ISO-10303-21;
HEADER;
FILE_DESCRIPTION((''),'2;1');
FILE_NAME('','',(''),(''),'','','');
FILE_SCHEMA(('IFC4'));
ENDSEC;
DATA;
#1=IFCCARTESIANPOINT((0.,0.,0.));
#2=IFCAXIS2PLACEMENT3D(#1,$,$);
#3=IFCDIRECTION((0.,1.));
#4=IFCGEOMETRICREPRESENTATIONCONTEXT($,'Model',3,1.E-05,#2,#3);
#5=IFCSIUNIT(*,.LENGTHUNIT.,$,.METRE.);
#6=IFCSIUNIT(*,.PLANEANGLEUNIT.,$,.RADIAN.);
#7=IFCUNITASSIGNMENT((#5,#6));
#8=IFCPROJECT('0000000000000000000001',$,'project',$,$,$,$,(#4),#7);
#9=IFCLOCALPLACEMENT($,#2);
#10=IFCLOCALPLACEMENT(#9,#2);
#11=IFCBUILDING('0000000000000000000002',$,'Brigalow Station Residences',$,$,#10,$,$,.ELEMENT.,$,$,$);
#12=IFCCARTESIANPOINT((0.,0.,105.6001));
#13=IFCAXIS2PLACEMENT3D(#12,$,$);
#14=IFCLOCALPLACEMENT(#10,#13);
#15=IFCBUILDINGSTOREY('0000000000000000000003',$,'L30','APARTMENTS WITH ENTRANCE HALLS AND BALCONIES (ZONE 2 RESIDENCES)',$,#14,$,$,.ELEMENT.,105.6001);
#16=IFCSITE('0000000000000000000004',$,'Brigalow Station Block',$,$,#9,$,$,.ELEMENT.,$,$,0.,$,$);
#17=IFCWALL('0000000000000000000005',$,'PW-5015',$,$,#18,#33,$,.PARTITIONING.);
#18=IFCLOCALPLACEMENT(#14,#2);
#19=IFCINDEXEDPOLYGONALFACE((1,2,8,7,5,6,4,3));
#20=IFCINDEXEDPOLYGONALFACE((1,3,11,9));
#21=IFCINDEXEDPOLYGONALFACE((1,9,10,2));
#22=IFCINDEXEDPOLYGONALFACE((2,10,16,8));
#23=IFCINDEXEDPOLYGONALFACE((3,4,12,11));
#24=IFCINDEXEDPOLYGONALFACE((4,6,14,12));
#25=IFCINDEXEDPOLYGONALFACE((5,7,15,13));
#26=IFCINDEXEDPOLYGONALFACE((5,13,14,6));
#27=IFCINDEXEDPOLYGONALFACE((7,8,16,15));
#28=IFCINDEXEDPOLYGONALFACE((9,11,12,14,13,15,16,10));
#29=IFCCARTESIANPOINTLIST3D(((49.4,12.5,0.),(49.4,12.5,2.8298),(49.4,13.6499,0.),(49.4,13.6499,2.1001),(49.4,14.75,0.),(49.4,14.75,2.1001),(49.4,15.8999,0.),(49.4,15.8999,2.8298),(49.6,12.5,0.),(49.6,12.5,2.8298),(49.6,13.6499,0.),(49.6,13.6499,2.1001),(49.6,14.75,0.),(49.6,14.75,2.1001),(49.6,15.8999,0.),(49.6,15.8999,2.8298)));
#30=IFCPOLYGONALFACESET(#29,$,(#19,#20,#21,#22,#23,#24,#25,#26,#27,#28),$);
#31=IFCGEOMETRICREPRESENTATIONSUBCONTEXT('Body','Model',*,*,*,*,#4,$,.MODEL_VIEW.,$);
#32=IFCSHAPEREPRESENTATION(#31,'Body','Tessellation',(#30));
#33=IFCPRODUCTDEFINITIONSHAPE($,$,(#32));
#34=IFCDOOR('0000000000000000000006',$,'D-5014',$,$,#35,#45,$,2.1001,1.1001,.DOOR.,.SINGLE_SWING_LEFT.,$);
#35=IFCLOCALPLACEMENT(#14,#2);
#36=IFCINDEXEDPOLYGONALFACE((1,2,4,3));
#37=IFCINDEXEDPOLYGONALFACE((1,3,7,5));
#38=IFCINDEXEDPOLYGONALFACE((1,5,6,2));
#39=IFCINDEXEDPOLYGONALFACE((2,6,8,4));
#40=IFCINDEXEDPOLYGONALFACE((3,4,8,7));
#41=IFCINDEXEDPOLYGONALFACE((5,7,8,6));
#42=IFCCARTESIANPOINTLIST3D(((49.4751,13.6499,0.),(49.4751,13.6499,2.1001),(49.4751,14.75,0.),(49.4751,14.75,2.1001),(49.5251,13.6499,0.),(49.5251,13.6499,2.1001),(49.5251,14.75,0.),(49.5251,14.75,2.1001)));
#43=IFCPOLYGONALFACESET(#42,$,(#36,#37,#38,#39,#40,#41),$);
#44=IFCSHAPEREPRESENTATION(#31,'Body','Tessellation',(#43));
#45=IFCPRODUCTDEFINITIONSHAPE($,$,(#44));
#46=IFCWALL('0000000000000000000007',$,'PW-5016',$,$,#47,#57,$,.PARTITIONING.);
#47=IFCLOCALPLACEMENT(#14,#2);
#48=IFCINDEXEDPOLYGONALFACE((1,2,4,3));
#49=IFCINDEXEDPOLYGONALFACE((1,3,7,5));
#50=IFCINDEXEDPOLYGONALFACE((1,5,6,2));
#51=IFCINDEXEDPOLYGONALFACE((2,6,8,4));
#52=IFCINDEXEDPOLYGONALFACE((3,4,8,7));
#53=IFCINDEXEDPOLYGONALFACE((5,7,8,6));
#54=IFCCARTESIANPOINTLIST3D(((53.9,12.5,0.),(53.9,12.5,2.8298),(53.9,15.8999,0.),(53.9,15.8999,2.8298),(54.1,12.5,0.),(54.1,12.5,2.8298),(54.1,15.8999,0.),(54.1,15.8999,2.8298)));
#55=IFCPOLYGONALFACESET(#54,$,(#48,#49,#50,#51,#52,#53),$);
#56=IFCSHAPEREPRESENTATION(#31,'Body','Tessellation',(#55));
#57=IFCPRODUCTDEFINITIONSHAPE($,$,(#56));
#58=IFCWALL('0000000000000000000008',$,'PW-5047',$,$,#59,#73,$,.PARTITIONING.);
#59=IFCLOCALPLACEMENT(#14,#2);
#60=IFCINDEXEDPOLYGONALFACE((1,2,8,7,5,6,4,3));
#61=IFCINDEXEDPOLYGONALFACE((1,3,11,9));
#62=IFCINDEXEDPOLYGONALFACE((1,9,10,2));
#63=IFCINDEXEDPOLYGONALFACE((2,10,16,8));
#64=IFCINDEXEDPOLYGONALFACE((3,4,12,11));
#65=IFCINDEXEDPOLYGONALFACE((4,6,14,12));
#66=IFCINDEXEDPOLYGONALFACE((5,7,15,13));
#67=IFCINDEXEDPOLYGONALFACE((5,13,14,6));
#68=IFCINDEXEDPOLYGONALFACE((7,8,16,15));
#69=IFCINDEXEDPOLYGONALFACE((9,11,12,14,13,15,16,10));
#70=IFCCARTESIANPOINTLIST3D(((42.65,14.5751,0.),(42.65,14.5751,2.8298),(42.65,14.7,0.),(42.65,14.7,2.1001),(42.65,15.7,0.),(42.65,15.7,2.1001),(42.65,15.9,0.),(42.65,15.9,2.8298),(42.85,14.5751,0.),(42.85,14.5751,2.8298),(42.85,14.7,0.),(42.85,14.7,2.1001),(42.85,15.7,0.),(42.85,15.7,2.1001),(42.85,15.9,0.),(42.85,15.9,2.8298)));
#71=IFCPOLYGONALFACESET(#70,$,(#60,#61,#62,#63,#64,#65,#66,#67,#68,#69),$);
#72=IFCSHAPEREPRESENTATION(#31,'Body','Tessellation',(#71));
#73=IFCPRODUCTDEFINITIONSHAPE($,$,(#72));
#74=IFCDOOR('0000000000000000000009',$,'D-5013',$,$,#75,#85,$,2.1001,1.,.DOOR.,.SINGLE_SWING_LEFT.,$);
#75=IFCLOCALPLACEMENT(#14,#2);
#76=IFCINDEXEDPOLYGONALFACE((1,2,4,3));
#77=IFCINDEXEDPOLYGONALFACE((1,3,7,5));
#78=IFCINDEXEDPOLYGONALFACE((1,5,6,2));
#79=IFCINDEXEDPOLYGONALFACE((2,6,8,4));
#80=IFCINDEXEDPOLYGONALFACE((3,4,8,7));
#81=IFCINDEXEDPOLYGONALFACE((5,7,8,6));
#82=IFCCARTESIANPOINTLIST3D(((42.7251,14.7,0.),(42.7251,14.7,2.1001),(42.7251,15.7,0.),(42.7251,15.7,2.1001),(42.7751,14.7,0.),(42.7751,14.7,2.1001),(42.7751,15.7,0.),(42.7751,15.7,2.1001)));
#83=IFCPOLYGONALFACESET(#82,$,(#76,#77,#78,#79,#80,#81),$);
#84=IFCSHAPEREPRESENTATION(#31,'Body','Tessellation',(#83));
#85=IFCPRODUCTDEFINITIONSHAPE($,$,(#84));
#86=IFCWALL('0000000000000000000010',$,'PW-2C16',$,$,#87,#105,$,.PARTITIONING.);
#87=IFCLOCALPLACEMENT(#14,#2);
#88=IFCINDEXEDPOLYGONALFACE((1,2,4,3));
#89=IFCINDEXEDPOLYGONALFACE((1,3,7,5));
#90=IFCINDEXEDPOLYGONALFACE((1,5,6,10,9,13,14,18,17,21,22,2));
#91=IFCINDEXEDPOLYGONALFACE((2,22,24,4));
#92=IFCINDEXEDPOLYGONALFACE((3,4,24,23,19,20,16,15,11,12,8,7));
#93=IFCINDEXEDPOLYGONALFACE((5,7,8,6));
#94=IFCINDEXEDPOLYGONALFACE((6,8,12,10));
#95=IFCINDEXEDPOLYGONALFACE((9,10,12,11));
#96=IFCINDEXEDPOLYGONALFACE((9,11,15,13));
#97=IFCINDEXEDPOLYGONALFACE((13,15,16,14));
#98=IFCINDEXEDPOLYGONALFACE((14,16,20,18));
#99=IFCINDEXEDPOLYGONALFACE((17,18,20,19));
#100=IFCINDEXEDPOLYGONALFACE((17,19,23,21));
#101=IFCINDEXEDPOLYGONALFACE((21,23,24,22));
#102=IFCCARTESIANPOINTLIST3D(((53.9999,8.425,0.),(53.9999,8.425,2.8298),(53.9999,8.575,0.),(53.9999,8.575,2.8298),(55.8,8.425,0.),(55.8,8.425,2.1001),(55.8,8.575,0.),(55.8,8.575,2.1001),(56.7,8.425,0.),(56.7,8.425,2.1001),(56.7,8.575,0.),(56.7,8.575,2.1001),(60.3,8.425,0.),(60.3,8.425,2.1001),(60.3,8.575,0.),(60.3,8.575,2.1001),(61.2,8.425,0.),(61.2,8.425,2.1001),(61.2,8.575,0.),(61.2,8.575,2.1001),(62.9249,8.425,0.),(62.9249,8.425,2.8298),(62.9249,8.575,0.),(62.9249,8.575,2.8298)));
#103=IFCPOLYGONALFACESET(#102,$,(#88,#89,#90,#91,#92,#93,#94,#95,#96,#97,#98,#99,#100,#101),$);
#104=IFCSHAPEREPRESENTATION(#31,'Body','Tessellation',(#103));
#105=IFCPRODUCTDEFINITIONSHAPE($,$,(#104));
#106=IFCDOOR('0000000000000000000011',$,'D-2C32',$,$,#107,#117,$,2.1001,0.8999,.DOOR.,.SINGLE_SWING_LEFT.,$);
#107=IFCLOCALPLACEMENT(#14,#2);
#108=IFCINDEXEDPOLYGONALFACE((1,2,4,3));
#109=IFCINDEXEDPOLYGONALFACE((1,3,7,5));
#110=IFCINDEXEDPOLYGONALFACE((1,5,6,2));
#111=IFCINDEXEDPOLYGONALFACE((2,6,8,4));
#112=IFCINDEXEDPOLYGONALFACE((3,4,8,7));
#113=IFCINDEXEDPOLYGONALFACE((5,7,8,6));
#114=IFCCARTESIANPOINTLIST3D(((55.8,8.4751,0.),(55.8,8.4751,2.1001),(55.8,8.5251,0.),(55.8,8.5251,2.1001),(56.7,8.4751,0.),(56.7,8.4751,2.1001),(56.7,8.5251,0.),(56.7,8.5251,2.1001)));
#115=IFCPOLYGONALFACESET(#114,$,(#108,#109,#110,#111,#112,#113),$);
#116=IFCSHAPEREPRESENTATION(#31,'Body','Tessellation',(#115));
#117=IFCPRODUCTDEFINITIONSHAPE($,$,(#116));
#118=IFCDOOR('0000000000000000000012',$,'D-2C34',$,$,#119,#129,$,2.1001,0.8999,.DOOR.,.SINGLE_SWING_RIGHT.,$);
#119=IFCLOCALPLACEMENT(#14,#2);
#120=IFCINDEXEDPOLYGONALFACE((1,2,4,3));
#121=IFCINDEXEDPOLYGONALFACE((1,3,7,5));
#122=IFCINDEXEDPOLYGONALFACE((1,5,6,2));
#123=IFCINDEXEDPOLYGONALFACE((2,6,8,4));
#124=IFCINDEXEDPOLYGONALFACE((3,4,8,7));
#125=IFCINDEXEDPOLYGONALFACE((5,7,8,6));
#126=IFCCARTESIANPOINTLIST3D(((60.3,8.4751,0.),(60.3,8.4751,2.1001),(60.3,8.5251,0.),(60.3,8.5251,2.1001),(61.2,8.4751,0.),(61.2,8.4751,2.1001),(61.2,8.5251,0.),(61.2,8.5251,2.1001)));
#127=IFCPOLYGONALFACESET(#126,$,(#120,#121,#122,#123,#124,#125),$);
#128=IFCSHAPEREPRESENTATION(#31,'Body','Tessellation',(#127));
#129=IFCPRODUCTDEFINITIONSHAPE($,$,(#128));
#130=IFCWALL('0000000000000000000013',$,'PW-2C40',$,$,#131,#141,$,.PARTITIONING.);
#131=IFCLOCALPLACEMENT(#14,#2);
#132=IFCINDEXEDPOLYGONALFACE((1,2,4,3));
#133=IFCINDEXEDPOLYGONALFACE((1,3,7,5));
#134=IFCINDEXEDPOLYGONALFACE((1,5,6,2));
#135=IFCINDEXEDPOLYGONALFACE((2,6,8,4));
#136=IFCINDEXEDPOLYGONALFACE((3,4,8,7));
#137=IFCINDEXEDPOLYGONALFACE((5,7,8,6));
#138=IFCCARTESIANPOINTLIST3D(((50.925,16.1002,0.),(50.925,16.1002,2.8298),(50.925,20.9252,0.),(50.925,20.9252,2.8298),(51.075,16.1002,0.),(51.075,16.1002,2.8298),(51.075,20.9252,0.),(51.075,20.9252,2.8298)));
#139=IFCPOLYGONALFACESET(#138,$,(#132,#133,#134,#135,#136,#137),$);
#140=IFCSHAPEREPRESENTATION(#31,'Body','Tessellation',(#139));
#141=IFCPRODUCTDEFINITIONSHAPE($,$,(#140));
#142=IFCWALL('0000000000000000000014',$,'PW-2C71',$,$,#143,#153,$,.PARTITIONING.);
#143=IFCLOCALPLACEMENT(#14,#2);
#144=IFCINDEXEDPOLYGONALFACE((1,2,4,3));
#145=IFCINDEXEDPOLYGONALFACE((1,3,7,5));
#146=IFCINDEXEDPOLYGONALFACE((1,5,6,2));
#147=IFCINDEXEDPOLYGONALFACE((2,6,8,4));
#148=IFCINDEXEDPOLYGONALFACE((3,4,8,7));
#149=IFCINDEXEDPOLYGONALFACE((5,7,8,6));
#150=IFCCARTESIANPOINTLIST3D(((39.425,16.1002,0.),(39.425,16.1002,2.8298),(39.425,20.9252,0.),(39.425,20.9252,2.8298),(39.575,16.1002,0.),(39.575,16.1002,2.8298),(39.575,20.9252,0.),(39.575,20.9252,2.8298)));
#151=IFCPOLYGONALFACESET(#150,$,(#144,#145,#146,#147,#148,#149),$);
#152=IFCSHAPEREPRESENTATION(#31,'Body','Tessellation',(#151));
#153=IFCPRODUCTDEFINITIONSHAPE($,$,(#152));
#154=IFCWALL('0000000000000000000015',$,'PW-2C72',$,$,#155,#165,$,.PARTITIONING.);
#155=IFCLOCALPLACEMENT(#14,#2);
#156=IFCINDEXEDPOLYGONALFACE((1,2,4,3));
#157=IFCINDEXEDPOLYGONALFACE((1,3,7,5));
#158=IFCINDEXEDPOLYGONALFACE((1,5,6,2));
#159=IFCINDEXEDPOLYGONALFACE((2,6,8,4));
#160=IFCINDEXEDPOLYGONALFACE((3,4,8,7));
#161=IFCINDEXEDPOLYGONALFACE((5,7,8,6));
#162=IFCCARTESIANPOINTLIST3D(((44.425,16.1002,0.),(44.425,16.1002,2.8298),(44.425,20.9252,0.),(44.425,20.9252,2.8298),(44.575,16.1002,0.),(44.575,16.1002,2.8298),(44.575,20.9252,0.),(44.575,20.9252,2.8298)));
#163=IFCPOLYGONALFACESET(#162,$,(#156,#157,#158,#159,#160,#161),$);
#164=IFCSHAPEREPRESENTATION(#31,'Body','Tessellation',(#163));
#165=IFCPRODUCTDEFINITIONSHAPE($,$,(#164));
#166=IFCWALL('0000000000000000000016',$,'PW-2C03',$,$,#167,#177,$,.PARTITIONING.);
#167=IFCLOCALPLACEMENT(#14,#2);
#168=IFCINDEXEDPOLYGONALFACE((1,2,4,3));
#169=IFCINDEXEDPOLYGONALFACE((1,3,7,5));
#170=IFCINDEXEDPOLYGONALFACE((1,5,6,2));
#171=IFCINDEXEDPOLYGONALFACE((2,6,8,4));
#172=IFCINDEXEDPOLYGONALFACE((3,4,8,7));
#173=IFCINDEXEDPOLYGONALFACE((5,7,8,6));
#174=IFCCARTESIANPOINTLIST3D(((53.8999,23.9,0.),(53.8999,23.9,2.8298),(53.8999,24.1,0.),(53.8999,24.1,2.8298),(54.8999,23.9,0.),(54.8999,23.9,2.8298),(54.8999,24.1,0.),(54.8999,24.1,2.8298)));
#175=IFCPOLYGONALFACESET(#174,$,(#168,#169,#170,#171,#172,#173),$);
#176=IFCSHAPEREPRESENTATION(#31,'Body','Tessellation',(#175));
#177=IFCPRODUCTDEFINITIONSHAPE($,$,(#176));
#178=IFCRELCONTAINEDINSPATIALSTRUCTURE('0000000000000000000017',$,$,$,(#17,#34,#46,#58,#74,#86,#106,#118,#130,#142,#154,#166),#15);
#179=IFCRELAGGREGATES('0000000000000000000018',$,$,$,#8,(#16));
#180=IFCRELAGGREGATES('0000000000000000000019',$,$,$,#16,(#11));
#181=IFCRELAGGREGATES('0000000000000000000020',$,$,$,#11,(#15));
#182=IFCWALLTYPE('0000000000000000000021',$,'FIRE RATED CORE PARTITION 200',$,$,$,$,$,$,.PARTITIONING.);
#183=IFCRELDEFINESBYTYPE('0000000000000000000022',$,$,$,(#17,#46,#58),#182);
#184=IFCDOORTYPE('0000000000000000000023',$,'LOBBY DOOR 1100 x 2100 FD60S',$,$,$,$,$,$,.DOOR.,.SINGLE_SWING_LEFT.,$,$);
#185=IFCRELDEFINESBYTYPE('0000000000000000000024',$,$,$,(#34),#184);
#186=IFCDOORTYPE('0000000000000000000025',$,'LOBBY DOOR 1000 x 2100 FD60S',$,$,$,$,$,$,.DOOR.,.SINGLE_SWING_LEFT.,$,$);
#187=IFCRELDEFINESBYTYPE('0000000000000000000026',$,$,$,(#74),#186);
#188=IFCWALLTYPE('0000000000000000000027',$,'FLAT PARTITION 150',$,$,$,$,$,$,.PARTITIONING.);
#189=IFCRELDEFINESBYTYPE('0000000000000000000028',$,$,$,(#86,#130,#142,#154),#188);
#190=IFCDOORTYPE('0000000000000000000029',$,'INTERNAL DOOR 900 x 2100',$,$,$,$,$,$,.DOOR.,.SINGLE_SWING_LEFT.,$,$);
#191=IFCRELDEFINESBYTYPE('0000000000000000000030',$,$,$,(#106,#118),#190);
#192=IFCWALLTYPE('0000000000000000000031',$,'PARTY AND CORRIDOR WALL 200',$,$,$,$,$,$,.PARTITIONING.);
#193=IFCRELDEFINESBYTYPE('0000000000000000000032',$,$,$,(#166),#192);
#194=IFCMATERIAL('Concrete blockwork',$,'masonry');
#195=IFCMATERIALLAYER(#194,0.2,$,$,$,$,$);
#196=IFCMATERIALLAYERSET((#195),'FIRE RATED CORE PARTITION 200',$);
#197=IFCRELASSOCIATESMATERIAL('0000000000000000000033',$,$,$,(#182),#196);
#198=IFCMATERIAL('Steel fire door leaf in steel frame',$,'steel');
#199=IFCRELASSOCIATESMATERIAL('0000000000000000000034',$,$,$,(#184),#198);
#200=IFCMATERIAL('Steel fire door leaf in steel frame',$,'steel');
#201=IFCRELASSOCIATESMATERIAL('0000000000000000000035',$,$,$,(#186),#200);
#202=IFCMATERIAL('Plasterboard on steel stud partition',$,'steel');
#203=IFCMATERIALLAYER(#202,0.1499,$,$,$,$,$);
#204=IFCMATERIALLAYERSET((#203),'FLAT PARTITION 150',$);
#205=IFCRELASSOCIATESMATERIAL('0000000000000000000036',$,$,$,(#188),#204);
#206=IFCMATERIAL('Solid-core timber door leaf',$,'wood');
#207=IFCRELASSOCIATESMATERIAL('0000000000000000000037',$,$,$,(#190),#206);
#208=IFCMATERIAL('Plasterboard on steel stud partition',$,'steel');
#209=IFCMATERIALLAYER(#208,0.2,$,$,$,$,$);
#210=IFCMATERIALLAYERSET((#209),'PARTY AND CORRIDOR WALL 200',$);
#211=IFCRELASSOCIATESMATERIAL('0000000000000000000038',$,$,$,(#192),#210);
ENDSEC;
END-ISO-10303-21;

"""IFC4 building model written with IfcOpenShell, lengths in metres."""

from ifc_helpers import new_model, si_unit, direction, frame, frame_2d, origin, place, context, subcontext, project, spatial, rectangle, extrude, material, layer, layer_set, type_object, element, fill, save


model = new_model("IFC4")

# Units and contexts
model_context = context("Model", 3, precision=1e-05, world=origin(), true_north=direction((0.0, 1.0)))
body_context = subcontext(model_context, "Body", "Model", "MODEL_VIEW")
ifc_project = project(units=[si_unit("LENGTHUNIT", "METRE"), si_unit("PLANEANGLEUNIT", "RADIAN")], contexts=[model_context])

# Site, building, storey
site_placement = place(None, origin())
site = spatial("IfcSite", under=ifc_project, at=site_placement, Name="Brigalow Station Block", CompositionType="ELEMENT", RefElevation=0.0)
building_placement = place(site_placement, origin())
building = spatial("IfcBuilding", under=site, at=building_placement, Name="Brigalow Station Residences", CompositionType="ELEMENT")
storey_placement = place(building_placement, frame((0.0, 0.0, 105.6001)))
storey = spatial("IfcBuildingStorey", under=building, at=storey_placement, Name="L30", Description="APARTMENTS WITH ENTRANCE HALLS AND BALCONIES (ZONE 2 RESIDENCES)", CompositionType="ELEMENT", Elevation=105.6001)

# Shared definitions
ifc_material_1 = material(Name="Concrete blockwork", Category="masonry")
ifc_layer_1 = layer(ifc_material_1, 0.2)
ifc_layer_set_1 = layer_set([ifc_layer_1], Name="FIRE RATED CORE PARTITION 200")
wall_type_1 = type_object("IfcWallType", Name="FIRE RATED CORE PARTITION 200", PredefinedType="PARTITIONING", material=ifc_layer_set_1)

# Wall, opening, door
wall_1_placement = place(storey_placement, frame((49.5, 12.5, 0.0), z_axis=(0.0, 0.0, 1.0), x_axis=(0.0, 1.0, 0.0)))
wall_1 = element("IfcWall", 1, at=wall_1_placement, inside=storey, type_object=wall_type_1, Name="PW-5015", PredefinedType="PARTITIONING", context=body_context, shape_type="SweptSolid", body=[
    extrude(rectangle(XDim=3.3999, YDim=0.2, at=frame_2d((1.7, 0.0))), origin(), (0.0, 0.0, 1.0), 2.8298),
])
opening_1_placement = place(wall_1_placement, frame((1.1499, 0.0, 0.0)))
opening_1 = element("IfcOpeningElement", 2, at=opening_1_placement, cuts=wall_1, PredefinedType="OPENING", context=body_context, shape_type="SweptSolid", body=[
    extrude(rectangle(XDim=1.1001, YDim=2.1001, at=frame_2d((0.55, 1.05))), frame((0.0, 0.1099, 0.0), z_axis=(0.0, -1.0, 0.0), x_axis=(1.0, 0.0, 0.0)), (0.0, 0.0, 1.0), 0.22),
])
ifc_material_2 = material(Name="Steel fire door leaf in steel frame", Category="steel")
door_type_1 = type_object("IfcDoorType", Name="LOBBY DOOR 1100 x 2100 FD60S", OperationType="SINGLE_SWING_LEFT", PredefinedType="DOOR", material=ifc_material_2)
door_1_placement = place(opening_1_placement, origin())
door_1 = element("IfcDoor", 3, at=door_1_placement, inside=storey, type_object=door_type_1, Name="D-5014", OperationType="SINGLE_SWING_LEFT", OverallHeight=2.1001, OverallWidth=1.1001, PredefinedType="DOOR", context=body_context, shape_type="SweptSolid", body=[
    extrude(rectangle(XDim=1.1001, YDim=2.1001, at=frame_2d((0.55, 1.05))), frame((0.0, 0.0249, 0.0), z_axis=(0.0, -1.0, 0.0), x_axis=(1.0, 0.0, 0.0)), (0.0, 0.0, 1.0), 0.05),
])
fill(opening_1, door_1)

# Wall
wall_2_placement = place(storey_placement, frame((54.0, 12.5, 0.0), z_axis=(0.0, 0.0, 1.0), x_axis=(0.0, 1.0, 0.0)))
element("IfcWall", 4, at=wall_2_placement, inside=storey, type_object=wall_type_1, Name="PW-5016", PredefinedType="PARTITIONING", context=body_context, shape_type="SweptSolid", body=[
    extrude(rectangle(XDim=3.3999, YDim=0.2, at=frame_2d((1.7, 0.0))), origin(), (0.0, 0.0, 1.0), 2.8298),
])

# Wall, opening, door
wall_3_placement = place(storey_placement, frame((42.75, 14.575, 0.0), z_axis=(0.0, 0.0, 1.0), x_axis=(0.0, 1.0, 0.0)))
wall_3 = element("IfcWall", 5, at=wall_3_placement, inside=storey, type_object=wall_type_1, Name="PW-5047", PredefinedType="PARTITIONING", context=body_context, shape_type="SweptSolid", body=[
    extrude(rectangle(XDim=1.325, YDim=0.2, at=frame_2d((0.6626, 0.0))), origin(), (0.0, 0.0, 1.0), 2.8298),
])
opening_2_placement = place(wall_3_placement, frame((0.125, 0.0, 0.0)))
opening_2 = element("IfcOpeningElement", 6, at=opening_2_placement, cuts=wall_3, PredefinedType="OPENING", context=body_context, shape_type="SweptSolid", body=[
    extrude(rectangle(XDim=1.0, YDim=2.1001, at=frame_2d((0.5, 1.05))), frame((0.0, 0.1099, 0.0), z_axis=(0.0, -1.0, 0.0), x_axis=(1.0, 0.0, 0.0)), (0.0, 0.0, 1.0), 0.22),
])
ifc_material_3 = material(Name="Steel fire door leaf in steel frame", Category="steel")
door_type_2 = type_object("IfcDoorType", Name="LOBBY DOOR 1000 x 2100 FD60S", OperationType="SINGLE_SWING_LEFT", PredefinedType="DOOR", material=ifc_material_3)
door_2_placement = place(opening_2_placement, origin())
door_2 = element("IfcDoor", 7, at=door_2_placement, inside=storey, type_object=door_type_2, Name="D-5013", OperationType="SINGLE_SWING_LEFT", OverallHeight=2.1001, OverallWidth=1.0, PredefinedType="DOOR", context=body_context, shape_type="SweptSolid", body=[
    extrude(rectangle(XDim=1.0, YDim=2.1001, at=frame_2d((0.5, 1.05))), frame((0.0, 0.0249, 0.0), z_axis=(0.0, -1.0, 0.0), x_axis=(1.0, 0.0, 0.0)), (0.0, 0.0, 1.0), 0.05),
])
fill(opening_2, door_2)

# Wall, openings, doors
ifc_material_4 = material(Name="Plasterboard on steel stud partition", Category="steel")
ifc_layer_2 = layer(ifc_material_4, 0.1499)
ifc_layer_set_2 = layer_set([ifc_layer_2], Name="FLAT PARTITION 150")
wall_type_2 = type_object("IfcWallType", Name="FLAT PARTITION 150", PredefinedType="PARTITIONING", material=ifc_layer_set_2)
wall_4_placement = place(storey_placement, frame((54.0, 8.5, 0.0), z_axis=(0.0, 0.0, 1.0), x_axis=(1.0, 0.0, 0.0)))
wall_4 = element("IfcWall", 8, at=wall_4_placement, inside=storey, type_object=wall_type_2, Name="PW-2C16", PredefinedType="PARTITIONING", context=body_context, shape_type="SweptSolid", body=[
    extrude(rectangle(XDim=8.925, YDim=0.1499, at=frame_2d((4.4624, 0.0))), origin(), (0.0, 0.0, 1.0), 2.8298),
])
opening_3_placement = place(wall_4_placement, frame((1.8, 0.0, 0.0)))
opening_3 = element("IfcOpeningElement", 9, at=opening_3_placement, cuts=wall_4, PredefinedType="OPENING", context=body_context, shape_type="SweptSolid", body=[
    extrude(rectangle(XDim=0.8999, YDim=2.1001, at=frame_2d((0.45, 1.05))), frame((0.0, 0.085, 0.0), z_axis=(0.0, -1.0, 0.0), x_axis=(1.0, 0.0, 0.0)), (0.0, 0.0, 1.0), 0.1699),
])
opening_4_placement = place(wall_4_placement, frame((6.3, 0.0, 0.0)))
opening_4 = element("IfcOpeningElement", 10, at=opening_4_placement, cuts=wall_4, PredefinedType="OPENING", context=body_context, shape_type="SweptSolid", body=[
    extrude(rectangle(XDim=0.8999, YDim=2.1001, at=frame_2d((0.45, 1.05))), frame((0.0, 0.085, 0.0), z_axis=(0.0, -1.0, 0.0), x_axis=(1.0, 0.0, 0.0)), (0.0, 0.0, 1.0), 0.1699),
])
ifc_material_5 = material(Name="Solid-core timber door leaf", Category="wood")
door_type_3 = type_object("IfcDoorType", Name="INTERNAL DOOR 900 x 2100", OperationType="SINGLE_SWING_LEFT", PredefinedType="DOOR", material=ifc_material_5)
door_3_placement = place(opening_3_placement, frame((0.8999, 0.0, 0.0), z_axis=(0.0, 0.0, 1.0), x_axis=(-1.0, 0.0, 0.0)))
door_3 = element("IfcDoor", 11, at=door_3_placement, inside=storey, type_object=door_type_3, Name="D-2C32", OperationType="SINGLE_SWING_LEFT", OverallHeight=2.1001, OverallWidth=0.8999, PredefinedType="DOOR", context=body_context, shape_type="SweptSolid", body=[
    extrude(rectangle(XDim=0.8999, YDim=2.1001, at=frame_2d((0.45, 1.05))), frame((0.0, 0.0249, 0.0), z_axis=(0.0, -1.0, 0.0), x_axis=(1.0, 0.0, 0.0)), (0.0, 0.0, 1.0), 0.05),
])
fill(opening_3, door_3)
door_4_placement = place(opening_4_placement, frame((0.8999, 0.0, 0.0), z_axis=(0.0, 0.0, 1.0), x_axis=(-1.0, 0.0, 0.0)))
door_4 = element("IfcDoor", 12, at=door_4_placement, inside=storey, type_object=door_type_3, Name="D-2C34", OperationType="SINGLE_SWING_RIGHT", OverallHeight=2.1001, OverallWidth=0.8999, PredefinedType="DOOR", context=body_context, shape_type="SweptSolid", body=[
    extrude(rectangle(XDim=0.8999, YDim=2.1001, at=frame_2d((0.45, 1.05))), frame((0.0, 0.0249, 0.0), z_axis=(0.0, -1.0, 0.0), x_axis=(1.0, 0.0, 0.0)), (0.0, 0.0, 1.0), 0.05),
])
fill(opening_4, door_4)

# Walls
for number, where, z_axis, x_axis, name in (
    (13, (51.0, 16.1001, 0.0), (0.0, 0.0, 1.0), (0.0, 1.0, 0.0), "PW-2C40"),
    (14, (39.5, 16.1001, 0.0), (0.0, 0.0, 1.0), (0.0, 1.0, 0.0), "PW-2C71"),
    (15, (44.5, 16.1001, 0.0), (0.0, 0.0, 1.0), (0.0, 1.0, 0.0), "PW-2C72"),
):
    element("IfcWall", number, at=place(storey_placement, frame(where, z_axis=z_axis, x_axis=x_axis)), inside=storey, type_object=wall_type_2, Name=name, PredefinedType="PARTITIONING", context=body_context, shape_type="SweptSolid", body=[
        extrude(rectangle(XDim=4.825, YDim=0.1499, at=frame_2d((2.4126, 0.0))), origin(), (0.0, 0.0, 1.0), 2.8298),
    ])
ifc_material_6 = material(Name="Plasterboard on steel stud partition", Category="steel")
ifc_layer_3 = layer(ifc_material_6, 0.2)
ifc_layer_set_3 = layer_set([ifc_layer_3], Name="PARTY AND CORRIDOR WALL 200")
wall_type_3 = type_object("IfcWallType", Name="PARTY AND CORRIDOR WALL 200", PredefinedType="PARTITIONING", material=ifc_layer_set_3)
wall_5_placement = place(storey_placement, frame((53.8999, 24.0, 0.0), z_axis=(0.0, 0.0, 1.0), x_axis=(1.0, 0.0, 0.0)))
element("IfcWall", 16, at=wall_5_placement, inside=storey, type_object=wall_type_3, Name="PW-2C03", PredefinedType="PARTITIONING", context=body_context, shape_type="SweptSolid", body=[
    extrude(rectangle(XDim=1.0, YDim=0.2, at=frame_2d((0.5, 0.0))), origin(), (0.0, 0.0, 1.0), 2.8298),
])

save(model, "model.ifc")
